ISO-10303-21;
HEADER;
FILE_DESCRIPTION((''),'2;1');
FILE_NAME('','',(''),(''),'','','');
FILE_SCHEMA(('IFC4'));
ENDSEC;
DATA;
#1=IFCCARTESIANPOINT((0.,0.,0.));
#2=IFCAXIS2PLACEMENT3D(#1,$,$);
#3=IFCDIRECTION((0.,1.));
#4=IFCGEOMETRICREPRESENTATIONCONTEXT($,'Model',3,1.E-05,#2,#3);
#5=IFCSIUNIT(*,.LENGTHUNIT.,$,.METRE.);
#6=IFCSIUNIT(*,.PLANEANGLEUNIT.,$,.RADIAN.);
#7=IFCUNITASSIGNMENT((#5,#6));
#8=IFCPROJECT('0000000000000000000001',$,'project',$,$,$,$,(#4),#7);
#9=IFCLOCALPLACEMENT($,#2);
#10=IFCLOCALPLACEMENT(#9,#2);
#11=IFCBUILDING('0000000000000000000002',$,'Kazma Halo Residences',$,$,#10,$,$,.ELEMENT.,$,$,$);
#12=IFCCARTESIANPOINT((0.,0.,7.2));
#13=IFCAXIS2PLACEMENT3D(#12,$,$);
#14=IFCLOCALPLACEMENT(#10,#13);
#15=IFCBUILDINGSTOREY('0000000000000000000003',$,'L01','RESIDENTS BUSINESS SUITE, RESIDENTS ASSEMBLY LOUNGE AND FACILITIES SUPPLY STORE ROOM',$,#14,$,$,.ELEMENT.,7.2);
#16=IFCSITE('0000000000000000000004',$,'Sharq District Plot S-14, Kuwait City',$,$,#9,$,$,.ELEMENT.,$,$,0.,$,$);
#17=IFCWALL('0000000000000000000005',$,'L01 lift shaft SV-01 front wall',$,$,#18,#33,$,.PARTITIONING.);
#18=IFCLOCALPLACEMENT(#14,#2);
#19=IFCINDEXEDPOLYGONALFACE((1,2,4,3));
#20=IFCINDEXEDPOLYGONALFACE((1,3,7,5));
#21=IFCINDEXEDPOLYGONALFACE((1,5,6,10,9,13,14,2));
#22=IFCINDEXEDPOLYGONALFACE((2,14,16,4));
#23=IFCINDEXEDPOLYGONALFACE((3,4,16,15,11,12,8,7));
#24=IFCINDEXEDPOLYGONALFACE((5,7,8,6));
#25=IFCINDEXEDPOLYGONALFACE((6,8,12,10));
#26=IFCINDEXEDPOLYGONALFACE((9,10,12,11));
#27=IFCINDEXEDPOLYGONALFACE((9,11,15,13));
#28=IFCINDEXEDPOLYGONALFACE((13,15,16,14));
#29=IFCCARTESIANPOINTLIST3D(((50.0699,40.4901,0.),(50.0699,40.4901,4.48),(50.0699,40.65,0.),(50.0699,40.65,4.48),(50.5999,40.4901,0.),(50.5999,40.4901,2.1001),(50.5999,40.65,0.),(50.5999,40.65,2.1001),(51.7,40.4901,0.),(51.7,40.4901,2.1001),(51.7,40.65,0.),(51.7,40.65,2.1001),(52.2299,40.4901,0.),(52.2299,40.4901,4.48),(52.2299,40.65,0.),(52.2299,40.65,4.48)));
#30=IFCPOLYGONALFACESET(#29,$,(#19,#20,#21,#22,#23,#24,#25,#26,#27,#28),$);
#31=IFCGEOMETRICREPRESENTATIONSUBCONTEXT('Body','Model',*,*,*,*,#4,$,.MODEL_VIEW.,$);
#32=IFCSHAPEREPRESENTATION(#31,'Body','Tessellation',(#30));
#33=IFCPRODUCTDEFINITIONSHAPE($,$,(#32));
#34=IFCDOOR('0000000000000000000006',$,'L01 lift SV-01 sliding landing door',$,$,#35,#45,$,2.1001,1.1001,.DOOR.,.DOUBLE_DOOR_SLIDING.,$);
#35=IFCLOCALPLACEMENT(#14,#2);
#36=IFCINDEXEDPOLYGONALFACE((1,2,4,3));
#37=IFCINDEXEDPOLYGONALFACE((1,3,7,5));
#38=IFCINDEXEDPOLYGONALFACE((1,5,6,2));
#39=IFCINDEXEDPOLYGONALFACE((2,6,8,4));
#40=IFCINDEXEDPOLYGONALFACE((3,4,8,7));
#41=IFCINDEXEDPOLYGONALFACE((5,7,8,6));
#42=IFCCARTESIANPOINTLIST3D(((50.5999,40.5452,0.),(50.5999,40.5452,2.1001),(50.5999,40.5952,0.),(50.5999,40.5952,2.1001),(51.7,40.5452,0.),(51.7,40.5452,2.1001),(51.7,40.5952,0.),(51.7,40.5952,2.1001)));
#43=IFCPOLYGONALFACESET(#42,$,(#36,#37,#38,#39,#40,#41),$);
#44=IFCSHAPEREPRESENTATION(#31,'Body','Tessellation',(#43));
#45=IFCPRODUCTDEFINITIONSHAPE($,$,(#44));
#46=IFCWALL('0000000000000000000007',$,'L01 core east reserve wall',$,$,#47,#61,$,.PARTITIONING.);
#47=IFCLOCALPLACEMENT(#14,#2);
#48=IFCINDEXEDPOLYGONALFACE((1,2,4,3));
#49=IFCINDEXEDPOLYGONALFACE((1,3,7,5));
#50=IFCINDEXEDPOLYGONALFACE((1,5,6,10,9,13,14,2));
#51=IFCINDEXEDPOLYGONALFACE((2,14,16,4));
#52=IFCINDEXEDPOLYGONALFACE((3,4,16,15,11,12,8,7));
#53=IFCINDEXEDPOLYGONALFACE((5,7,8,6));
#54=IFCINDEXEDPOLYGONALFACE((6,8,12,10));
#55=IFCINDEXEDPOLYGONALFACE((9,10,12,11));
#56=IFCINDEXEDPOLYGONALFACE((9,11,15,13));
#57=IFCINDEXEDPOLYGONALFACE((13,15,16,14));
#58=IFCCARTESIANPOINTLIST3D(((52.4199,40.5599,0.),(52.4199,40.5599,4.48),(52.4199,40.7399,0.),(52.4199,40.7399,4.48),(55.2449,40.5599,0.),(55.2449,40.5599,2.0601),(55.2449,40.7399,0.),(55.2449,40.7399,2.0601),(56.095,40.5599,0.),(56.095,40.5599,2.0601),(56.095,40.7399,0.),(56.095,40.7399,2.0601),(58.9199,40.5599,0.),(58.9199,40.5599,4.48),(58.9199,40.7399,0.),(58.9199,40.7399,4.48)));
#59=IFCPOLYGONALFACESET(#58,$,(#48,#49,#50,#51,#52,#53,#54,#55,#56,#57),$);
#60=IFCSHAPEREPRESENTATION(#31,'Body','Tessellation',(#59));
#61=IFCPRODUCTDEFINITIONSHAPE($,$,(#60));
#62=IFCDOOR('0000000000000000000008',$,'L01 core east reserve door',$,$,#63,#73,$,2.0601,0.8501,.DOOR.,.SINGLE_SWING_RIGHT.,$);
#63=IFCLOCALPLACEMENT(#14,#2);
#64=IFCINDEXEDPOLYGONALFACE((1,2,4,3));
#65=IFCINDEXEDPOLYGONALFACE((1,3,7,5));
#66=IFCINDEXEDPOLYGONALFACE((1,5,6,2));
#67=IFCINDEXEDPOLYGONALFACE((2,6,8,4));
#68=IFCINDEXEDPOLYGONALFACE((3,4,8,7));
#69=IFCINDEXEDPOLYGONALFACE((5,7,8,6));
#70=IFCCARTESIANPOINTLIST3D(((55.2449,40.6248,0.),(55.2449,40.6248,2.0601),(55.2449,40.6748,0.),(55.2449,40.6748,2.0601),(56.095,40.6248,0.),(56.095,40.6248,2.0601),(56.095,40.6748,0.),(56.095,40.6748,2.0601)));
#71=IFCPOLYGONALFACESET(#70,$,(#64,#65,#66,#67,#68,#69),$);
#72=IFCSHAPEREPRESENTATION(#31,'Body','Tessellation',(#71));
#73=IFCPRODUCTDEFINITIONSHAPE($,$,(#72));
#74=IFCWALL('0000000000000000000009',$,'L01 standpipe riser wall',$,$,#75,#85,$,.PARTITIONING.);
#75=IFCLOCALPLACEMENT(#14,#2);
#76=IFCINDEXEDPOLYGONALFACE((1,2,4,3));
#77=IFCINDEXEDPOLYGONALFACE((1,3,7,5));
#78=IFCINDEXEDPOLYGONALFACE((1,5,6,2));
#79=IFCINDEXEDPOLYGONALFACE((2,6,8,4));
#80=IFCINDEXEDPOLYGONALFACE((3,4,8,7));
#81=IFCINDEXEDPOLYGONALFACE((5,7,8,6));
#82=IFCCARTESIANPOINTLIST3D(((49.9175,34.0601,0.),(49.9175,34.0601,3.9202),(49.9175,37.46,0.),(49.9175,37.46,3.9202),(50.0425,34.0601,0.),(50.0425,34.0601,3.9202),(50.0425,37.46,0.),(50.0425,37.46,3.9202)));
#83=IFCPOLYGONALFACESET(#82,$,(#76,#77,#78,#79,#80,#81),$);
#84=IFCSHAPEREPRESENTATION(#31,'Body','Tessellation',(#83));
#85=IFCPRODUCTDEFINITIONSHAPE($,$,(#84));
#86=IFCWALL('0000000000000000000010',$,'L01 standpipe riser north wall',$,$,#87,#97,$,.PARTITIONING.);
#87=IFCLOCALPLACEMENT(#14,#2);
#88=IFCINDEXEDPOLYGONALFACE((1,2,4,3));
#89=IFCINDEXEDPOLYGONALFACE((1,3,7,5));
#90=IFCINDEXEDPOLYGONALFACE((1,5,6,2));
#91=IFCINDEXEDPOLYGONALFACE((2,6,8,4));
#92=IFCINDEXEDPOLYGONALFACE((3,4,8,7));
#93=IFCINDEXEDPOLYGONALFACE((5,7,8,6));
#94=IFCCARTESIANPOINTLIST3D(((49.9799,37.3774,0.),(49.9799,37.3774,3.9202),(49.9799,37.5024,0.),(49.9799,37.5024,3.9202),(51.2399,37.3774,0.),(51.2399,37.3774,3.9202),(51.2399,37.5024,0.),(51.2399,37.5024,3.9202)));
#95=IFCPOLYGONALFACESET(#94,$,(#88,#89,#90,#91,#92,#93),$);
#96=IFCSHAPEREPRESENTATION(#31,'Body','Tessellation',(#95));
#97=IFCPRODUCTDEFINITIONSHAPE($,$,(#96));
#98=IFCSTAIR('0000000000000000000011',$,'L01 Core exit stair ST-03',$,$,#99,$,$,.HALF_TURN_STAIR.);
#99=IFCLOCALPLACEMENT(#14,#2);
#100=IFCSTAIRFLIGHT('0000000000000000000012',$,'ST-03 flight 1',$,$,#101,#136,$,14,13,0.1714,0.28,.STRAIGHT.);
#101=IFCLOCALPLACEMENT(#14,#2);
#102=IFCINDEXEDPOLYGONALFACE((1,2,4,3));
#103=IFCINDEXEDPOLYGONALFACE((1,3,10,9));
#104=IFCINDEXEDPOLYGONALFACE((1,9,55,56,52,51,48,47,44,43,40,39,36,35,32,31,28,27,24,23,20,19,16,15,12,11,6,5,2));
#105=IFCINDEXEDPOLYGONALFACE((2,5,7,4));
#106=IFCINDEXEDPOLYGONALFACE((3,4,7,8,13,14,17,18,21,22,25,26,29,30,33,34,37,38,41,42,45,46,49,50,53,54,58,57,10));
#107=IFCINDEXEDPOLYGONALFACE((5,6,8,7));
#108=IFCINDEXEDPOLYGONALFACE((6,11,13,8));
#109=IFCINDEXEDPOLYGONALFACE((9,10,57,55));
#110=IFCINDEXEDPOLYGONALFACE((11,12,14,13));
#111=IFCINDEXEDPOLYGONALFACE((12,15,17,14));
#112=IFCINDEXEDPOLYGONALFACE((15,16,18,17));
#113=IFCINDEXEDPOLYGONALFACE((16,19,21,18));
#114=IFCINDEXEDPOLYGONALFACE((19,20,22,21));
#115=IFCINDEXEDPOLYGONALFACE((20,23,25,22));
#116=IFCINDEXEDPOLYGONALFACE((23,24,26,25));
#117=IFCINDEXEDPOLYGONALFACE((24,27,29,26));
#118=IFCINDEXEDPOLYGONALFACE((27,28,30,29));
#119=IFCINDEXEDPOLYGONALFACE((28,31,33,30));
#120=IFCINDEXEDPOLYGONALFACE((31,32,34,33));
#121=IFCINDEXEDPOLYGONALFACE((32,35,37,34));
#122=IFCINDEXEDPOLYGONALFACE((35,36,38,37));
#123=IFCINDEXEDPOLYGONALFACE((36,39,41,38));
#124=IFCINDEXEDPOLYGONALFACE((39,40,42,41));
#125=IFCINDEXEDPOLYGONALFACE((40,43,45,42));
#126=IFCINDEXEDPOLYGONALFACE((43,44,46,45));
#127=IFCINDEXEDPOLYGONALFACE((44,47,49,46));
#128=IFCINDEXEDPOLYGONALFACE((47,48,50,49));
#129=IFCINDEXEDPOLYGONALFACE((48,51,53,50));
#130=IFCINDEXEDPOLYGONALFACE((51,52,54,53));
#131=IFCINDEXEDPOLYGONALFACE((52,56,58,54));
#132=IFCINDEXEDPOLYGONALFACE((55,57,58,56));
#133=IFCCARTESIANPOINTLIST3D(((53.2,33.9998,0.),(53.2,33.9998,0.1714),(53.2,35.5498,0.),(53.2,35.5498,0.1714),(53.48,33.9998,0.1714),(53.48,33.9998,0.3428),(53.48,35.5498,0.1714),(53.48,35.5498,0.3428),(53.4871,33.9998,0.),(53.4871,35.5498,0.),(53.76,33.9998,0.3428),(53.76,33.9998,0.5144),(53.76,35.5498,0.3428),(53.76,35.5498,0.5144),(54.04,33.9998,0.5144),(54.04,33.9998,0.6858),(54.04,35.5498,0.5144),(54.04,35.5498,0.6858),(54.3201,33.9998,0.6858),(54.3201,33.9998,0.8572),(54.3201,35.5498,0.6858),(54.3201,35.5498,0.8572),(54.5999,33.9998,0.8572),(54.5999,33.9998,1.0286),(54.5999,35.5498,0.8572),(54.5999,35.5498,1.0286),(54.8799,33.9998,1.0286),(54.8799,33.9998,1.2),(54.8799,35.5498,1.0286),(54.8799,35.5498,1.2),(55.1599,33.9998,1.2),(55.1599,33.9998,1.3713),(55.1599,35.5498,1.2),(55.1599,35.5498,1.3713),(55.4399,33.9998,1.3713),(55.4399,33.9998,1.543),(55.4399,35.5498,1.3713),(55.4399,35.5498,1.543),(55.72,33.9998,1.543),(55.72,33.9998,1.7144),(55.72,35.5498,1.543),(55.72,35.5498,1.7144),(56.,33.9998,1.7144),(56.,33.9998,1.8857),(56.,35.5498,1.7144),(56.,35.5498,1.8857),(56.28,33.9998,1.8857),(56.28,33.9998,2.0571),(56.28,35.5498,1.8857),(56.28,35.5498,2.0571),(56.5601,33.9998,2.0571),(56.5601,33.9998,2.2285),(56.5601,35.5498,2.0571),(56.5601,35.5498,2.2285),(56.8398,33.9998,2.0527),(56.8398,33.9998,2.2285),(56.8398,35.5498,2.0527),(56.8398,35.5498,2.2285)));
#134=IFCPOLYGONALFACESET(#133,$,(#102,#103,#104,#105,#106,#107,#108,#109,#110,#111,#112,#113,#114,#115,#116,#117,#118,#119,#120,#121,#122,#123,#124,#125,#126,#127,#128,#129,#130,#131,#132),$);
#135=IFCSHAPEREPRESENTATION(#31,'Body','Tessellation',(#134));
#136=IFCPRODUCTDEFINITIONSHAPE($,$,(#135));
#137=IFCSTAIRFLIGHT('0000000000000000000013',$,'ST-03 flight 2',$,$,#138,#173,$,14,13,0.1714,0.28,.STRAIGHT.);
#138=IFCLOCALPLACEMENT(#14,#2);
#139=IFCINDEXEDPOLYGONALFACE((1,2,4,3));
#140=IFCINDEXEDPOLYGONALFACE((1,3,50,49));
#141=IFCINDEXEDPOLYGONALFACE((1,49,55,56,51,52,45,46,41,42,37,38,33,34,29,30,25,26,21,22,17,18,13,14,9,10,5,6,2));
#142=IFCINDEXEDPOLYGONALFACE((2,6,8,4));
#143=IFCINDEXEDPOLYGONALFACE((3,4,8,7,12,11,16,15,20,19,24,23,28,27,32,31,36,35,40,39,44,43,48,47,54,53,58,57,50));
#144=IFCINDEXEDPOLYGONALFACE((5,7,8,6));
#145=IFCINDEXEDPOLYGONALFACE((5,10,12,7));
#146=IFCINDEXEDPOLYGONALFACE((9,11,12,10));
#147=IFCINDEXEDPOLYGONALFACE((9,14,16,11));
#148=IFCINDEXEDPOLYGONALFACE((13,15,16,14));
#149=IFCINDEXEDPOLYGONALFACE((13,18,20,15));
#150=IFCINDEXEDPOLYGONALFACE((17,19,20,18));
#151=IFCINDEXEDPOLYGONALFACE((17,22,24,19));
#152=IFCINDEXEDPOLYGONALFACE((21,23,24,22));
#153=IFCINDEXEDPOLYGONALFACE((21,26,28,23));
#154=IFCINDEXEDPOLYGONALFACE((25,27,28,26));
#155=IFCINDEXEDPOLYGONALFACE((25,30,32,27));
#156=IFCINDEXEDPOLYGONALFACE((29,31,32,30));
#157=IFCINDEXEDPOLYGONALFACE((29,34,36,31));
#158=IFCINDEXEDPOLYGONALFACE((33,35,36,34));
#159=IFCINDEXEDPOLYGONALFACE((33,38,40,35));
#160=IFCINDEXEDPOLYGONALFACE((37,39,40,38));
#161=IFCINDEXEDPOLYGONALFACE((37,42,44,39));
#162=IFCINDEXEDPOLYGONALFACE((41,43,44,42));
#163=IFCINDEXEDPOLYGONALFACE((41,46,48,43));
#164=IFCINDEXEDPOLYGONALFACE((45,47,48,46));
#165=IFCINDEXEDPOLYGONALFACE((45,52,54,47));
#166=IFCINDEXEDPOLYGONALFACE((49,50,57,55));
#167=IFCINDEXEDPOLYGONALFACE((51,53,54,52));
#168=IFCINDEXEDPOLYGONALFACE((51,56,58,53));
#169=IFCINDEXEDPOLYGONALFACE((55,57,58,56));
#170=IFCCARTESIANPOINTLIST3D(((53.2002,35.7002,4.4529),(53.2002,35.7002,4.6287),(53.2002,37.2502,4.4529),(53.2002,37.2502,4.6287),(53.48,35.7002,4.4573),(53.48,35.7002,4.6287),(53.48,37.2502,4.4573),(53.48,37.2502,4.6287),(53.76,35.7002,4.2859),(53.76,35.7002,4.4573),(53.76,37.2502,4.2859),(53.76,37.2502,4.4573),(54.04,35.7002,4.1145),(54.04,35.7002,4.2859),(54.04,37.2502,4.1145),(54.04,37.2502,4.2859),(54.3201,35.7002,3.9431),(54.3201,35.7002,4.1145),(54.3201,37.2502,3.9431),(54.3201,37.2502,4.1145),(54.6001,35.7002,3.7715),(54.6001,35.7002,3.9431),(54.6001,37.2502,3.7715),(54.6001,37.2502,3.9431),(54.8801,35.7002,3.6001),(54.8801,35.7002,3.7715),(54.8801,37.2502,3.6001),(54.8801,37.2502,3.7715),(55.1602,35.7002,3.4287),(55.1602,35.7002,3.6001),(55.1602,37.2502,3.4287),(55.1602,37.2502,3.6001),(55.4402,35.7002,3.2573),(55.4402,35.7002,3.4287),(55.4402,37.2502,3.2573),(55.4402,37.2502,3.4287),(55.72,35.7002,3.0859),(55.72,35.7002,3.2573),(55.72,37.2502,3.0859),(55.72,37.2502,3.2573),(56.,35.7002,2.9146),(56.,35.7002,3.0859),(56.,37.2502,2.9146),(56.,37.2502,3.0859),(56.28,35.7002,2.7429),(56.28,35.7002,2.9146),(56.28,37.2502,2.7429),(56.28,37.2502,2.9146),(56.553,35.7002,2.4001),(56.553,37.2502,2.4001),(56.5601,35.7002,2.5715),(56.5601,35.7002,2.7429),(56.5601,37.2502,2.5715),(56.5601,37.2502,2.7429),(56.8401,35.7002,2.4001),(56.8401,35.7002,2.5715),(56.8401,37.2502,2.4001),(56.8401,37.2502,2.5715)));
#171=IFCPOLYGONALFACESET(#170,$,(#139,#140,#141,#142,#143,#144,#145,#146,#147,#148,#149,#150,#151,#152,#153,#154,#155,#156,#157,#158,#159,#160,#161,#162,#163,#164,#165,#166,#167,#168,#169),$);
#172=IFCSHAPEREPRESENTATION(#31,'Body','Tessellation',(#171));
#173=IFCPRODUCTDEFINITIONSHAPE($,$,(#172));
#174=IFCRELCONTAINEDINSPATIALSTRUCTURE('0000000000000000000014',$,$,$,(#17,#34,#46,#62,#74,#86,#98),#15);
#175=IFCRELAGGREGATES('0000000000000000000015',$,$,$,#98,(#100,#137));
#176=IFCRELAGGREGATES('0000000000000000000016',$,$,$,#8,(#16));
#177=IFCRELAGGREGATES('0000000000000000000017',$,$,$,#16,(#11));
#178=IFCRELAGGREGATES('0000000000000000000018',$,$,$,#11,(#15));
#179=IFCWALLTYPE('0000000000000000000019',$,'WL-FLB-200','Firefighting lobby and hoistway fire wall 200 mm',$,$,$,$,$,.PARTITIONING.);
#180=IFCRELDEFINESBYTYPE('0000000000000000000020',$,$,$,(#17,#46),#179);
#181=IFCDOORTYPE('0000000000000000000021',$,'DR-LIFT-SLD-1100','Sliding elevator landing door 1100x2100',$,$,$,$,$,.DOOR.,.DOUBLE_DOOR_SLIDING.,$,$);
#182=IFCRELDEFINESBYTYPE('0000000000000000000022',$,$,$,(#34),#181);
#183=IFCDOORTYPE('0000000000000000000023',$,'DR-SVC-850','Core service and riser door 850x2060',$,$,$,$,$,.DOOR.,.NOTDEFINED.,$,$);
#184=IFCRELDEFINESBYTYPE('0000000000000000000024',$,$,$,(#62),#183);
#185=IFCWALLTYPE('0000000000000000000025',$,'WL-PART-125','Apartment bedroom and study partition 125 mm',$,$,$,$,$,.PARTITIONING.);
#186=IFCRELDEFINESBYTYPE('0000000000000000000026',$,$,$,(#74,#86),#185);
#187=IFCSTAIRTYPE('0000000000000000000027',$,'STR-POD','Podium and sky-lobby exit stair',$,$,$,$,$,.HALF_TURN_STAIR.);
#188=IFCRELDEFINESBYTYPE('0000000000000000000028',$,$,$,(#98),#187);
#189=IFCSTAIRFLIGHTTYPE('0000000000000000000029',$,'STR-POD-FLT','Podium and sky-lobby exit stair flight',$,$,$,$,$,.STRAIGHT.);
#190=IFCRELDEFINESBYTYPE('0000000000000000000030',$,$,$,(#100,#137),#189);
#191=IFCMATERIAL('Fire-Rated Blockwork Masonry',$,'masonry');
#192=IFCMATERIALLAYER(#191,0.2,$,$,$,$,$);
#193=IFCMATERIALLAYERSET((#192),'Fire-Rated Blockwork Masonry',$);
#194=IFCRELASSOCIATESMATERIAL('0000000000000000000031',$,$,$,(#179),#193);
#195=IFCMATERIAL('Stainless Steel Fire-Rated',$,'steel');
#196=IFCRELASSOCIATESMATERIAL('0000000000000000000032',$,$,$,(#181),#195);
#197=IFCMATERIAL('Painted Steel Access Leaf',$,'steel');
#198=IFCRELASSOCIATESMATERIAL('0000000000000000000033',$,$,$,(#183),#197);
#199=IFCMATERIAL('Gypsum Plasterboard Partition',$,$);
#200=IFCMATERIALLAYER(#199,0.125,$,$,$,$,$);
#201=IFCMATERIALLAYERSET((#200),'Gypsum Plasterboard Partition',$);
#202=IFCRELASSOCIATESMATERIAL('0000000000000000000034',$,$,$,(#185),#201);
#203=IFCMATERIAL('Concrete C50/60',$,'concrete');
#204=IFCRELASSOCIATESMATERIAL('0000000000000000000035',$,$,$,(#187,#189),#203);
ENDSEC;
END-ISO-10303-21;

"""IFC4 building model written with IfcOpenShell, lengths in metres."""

from ifc_helpers import new_model, si_unit, direction, frame, frame_2d, origin, place, context, subcontext, project, spatial, polyline, rectangle, outline, extrude, material, layer, layer_set, type_object, element, fill, aggregate, save


model = new_model("IFC4")

# Units and contexts
model_context = context("Model", 3, precision=1e-05, world=origin(), true_north=direction((0.0, 1.0)))
body_context = subcontext(model_context, "Body", "Model", "MODEL_VIEW")
ifc_project = project(units=[si_unit("LENGTHUNIT", "METRE"), si_unit("PLANEANGLEUNIT", "RADIAN")], contexts=[model_context])

# Site, building, storey
site_placement = place(None, origin())
site = spatial("IfcSite", under=ifc_project, at=site_placement, Name="Sharq District Plot S-14, Kuwait City", CompositionType="ELEMENT", RefElevation=0.0)
building_placement = place(site_placement, origin())
building = spatial("IfcBuilding", under=site, at=building_placement, Name="Kazma Halo Residences", CompositionType="ELEMENT")
storey_placement = place(building_placement, frame((0.0, 0.0, 7.2)))
storey = spatial("IfcBuildingStorey", under=building, at=storey_placement, Name="L01", Description="RESIDENTS BUSINESS SUITE, RESIDENTS ASSEMBLY LOUNGE AND FACILITIES SUPPLY STORE ROOM", CompositionType="ELEMENT", Elevation=7.2)

# Walls, openings, doors
ifc_material_1 = material(Name="Fire-Rated Blockwork Masonry", Category="masonry")
ifc_layer_1 = layer(ifc_material_1, 0.2)
ifc_layer_set_1 = layer_set([ifc_layer_1], Name="Fire-Rated Blockwork Masonry")
wall_type_1 = type_object("IfcWallType", Name="WL-FLB-200", Description="Firefighting lobby and hoistway fire wall 200 mm", PredefinedType="PARTITIONING", material=ifc_layer_set_1)
wall_1_placement = place(storey_placement, frame((52.23, 40.5701, 0.0), z_axis=(0.0, 0.0, 1.0), x_axis=(-1.0, 0.0, 0.0)))
wall_1 = element("IfcWall", 1, at=wall_1_placement, inside=storey, type_object=wall_type_1, Name="L01 lift shaft SV-01 front wall", PredefinedType="PARTITIONING", context=body_context, shape_type="SweptSolid", body=[
    extrude(rectangle(XDim=2.1599, YDim=0.1599, at=frame_2d((1.0801, 0.0))), origin(), (0.0, 0.0, 1.0), 4.48),
])
opening_1_placement = place(wall_1_placement, frame((0.53, 0.0, 0.0)))
opening_1 = element("IfcOpeningElement", 2, at=opening_1_placement, cuts=wall_1, PredefinedType="OPENING", context=body_context, shape_type="SweptSolid", body=[
    extrude(rectangle(XDim=1.1001, YDim=2.1001, at=frame_2d((0.55, 1.05))), frame((0.0, 0.0898, 0.0), z_axis=(0.0, -1.0, 0.0), x_axis=(1.0, 0.0, 0.0)), (0.0, 0.0, 1.0), 0.1799),
])
ifc_material_2 = material(Name="Stainless Steel Fire-Rated", Category="steel")
door_type_1 = type_object("IfcDoorType", Name="DR-LIFT-SLD-1100", Description="Sliding elevator landing door 1100x2100", OperationType="DOUBLE_DOOR_SLIDING", PredefinedType="DOOR", material=ifc_material_2)
door_1_placement = place(opening_1_placement, origin())
door_1 = element("IfcDoor", 3, at=door_1_placement, inside=storey, type_object=door_type_1, Name="L01 lift SV-01 sliding landing door", OperationType="DOUBLE_DOOR_SLIDING", OverallHeight=2.1001, OverallWidth=1.1001, PredefinedType="DOOR", context=body_context, shape_type="SweptSolid", body=[
    extrude(rectangle(XDim=1.1001, YDim=2.1001, at=frame_2d((0.55, 1.05))), frame((0.0, 0.0249, 0.0), z_axis=(0.0, -1.0, 0.0), x_axis=(1.0, 0.0, 0.0)), (0.0, 0.0, 1.0), 0.05),
])
fill(opening_1, door_1)
wall_2_placement = place(storey_placement, frame((52.4199, 40.6499, 0.0), z_axis=(0.0, 0.0, 1.0), x_axis=(1.0, 0.0, 0.0)))
wall_2 = element("IfcWall", 4, at=wall_2_placement, inside=storey, type_object=wall_type_1, Name="L01 core east reserve wall", PredefinedType="PARTITIONING", context=body_context, shape_type="SweptSolid", body=[
    extrude(rectangle(XDim=6.5, YDim=0.1799, at=frame_2d((3.25, 0.0))), origin(), (0.0, 0.0, 1.0), 4.48),
])
opening_2_placement = place(wall_2_placement, frame((2.825, 0.0, 0.0)))
opening_2 = element("IfcOpeningElement", 5, at=opening_2_placement, cuts=wall_2, PredefinedType="OPENING", context=body_context, shape_type="SweptSolid", body=[
    extrude(rectangle(XDim=0.8501, YDim=2.0601, at=frame_2d((0.425, 1.03))), frame((0.0, 0.0999, 0.0), z_axis=(0.0, -1.0, 0.0), x_axis=(1.0, 0.0, 0.0)), (0.0, 0.0, 1.0), 0.2),
])
ifc_material_3 = material(Name="Painted Steel Access Leaf", Category="steel")
door_type_2 = type_object("IfcDoorType", Name="DR-SVC-850", Description="Core service and riser door 850x2060", OperationType="NOTDEFINED", PredefinedType="DOOR", material=ifc_material_3)
door_2_placement = place(opening_2_placement, origin())
door_2 = element("IfcDoor", 6, at=door_2_placement, inside=storey, type_object=door_type_2, Name="L01 core east reserve door", OperationType="SINGLE_SWING_RIGHT", OverallHeight=2.0601, OverallWidth=0.8501, PredefinedType="DOOR", context=body_context, shape_type="SweptSolid", body=[
    extrude(rectangle(XDim=0.8501, YDim=2.0601, at=frame_2d((0.425, 1.03))), frame((0.0, 0.0249, 0.0), z_axis=(0.0, -1.0, 0.0), x_axis=(1.0, 0.0, 0.0)), (0.0, 0.0, 1.0), 0.05),
])
fill(opening_2, door_2)

# Walls
ifc_material_4 = material(Name="Gypsum Plasterboard Partition")
ifc_layer_2 = layer(ifc_material_4, 0.125)
ifc_layer_set_2 = layer_set([ifc_layer_2], Name="Gypsum Plasterboard Partition")
wall_type_2 = type_object("IfcWallType", Name="WL-PART-125", Description="Apartment bedroom and study partition 125 mm", PredefinedType="PARTITIONING", material=ifc_layer_set_2)
wall_3_placement = place(storey_placement, frame((49.98, 34.0601, 0.0), z_axis=(0.0, 0.0, 1.0), x_axis=(0.0, 1.0, 0.0)))
element("IfcWall", 7, at=wall_3_placement, inside=storey, type_object=wall_type_2, Name="L01 standpipe riser wall", PredefinedType="PARTITIONING", context=body_context, shape_type="SweptSolid", body=[
    extrude(rectangle(XDim=3.3999, YDim=0.125, at=frame_2d((1.7, 0.0))), origin(), (0.0, 0.0, 1.0), 3.9202),
])
wall_4_placement = place(storey_placement, frame((49.98, 37.4399, 0.0), z_axis=(0.0, 0.0, 1.0), x_axis=(1.0, 0.0, 0.0)))
element("IfcWall", 8, at=wall_4_placement, inside=storey, type_object=wall_type_2, Name="L01 standpipe riser north wall", PredefinedType="PARTITIONING", context=body_context, shape_type="SweptSolid", body=[
    extrude(rectangle(XDim=1.26, YDim=0.125, at=frame_2d((0.6299, 0.0))), origin(), (0.0, 0.0, 1.0), 3.9202),
])

# Shared definitions
ifc_material_5 = material(Name="Concrete C50/60", Category="concrete")

# Stair, stair flights
stair_type = type_object("IfcStairType", Name="STR-POD", Description="Podium and sky-lobby exit stair", PredefinedType="HALF_TURN_STAIR", material=ifc_material_5)
stair_placement = place(storey_placement, origin())
stair = element("IfcStair", 9, at=stair_placement, inside=storey, type_object=stair_type, Name="L01 Core exit stair ST-03", PredefinedType="HALF_TURN_STAIR")
stair_flight_type = type_object("IfcStairFlightType", Name="STR-POD-FLT", Description="Podium and sky-lobby exit stair flight", PredefinedType="STRAIGHT", material=ifc_material_5)
stair_flight_1_placement = place(storey_placement, frame((53.2, 34.7749, 0.0), z_axis=(0.0, 0.0, 1.0), x_axis=(1.0, 0.0, 0.0)))
stair_flight_1 = element("IfcStairFlight", 10, at=stair_flight_1_placement, type_object=stair_flight_type, Name="ST-03 flight 1", NumberOfRisers=14, NumberOfTreads=13, PredefinedType="STRAIGHT", RiserHeight=0.1714, TreadLength=0.28, context=body_context, shape_type="SweptSolid", body=[
    extrude(outline(polyline([(0.0, 0.0), (0.0, 0.1714), (0.28, 0.1714), (0.28, 0.3428), (0.5601, 0.3428), (0.5601, 0.5144), (0.8401, 0.5144), (0.8401, 0.6858), (1.1201, 0.6858), (1.1201, 0.8572), (1.3999, 0.8572), (1.3999, 1.0286), (1.6799, 1.0286), (1.6799, 1.2), (1.96, 1.2), (1.96, 1.3713), (2.24, 1.3713), (2.24, 1.543), (2.52, 1.543), (2.52, 1.7144), (2.8, 1.7144), (2.8, 1.8857), (3.0801, 1.8857), (3.0801, 2.0571), (3.3601, 2.0571), (3.3601, 2.2285), (3.6399, 2.2285), (3.6399, 2.3999), (3.6399, 2.0527), (0.2871, 0.0), (0.0, 0.0)])), frame((0.0, 0.7749, 0.0), z_axis=(0.0, -1.0, 0.0), x_axis=(1.0, 0.0, 0.0)), (0.0, 0.0, 1.0), 1.55),
])
stair_flight_2_placement = place(storey_placement, frame((56.8401, 36.4751, 2.4001), z_axis=(0.0, 0.0, 1.0), x_axis=(-1.0, 0.0, 0.0)))
stair_flight_2 = element("IfcStairFlight", 11, at=stair_flight_2_placement, type_object=stair_flight_type, Name="ST-03 flight 2", NumberOfRisers=14, NumberOfTreads=13, PredefinedType="STRAIGHT", RiserHeight=0.1714, TreadLength=0.28, context=body_context, shape_type="SweptSolid", body=[
    extrude(outline(polyline([(0.0, 0.0), (0.0, 0.1714), (0.28, 0.1714), (0.28, 0.3428), (0.5601, 0.3428), (0.5601, 0.5144), (0.8401, 0.5144), (0.8401, 0.6858), (1.1201, 0.6858), (1.1201, 0.8572), (1.3999, 0.8572), (1.3999, 1.0286), (1.6799, 1.0286), (1.6799, 1.2), (1.96, 1.2), (1.96, 1.3713), (2.24, 1.3713), (2.24, 1.543), (2.52, 1.543), (2.52, 1.7144), (2.8, 1.7144), (2.8, 1.8857), (3.0801, 1.8857), (3.0801, 2.0571), (3.3601, 2.0571), (3.3601, 2.2285), (3.6399, 2.2285), (3.6399, 2.3999), (3.6399, 2.0527), (0.2871, 0.0), (0.0, 0.0)])), frame((0.0, 0.7749, 0.0), z_axis=(0.0, -1.0, 0.0), x_axis=(1.0, 0.0, 0.0)), (0.0, 0.0, 1.0), 1.55),
])
aggregate(stair, [stair_flight_1, stair_flight_2])

save(model, "model.ifc")
